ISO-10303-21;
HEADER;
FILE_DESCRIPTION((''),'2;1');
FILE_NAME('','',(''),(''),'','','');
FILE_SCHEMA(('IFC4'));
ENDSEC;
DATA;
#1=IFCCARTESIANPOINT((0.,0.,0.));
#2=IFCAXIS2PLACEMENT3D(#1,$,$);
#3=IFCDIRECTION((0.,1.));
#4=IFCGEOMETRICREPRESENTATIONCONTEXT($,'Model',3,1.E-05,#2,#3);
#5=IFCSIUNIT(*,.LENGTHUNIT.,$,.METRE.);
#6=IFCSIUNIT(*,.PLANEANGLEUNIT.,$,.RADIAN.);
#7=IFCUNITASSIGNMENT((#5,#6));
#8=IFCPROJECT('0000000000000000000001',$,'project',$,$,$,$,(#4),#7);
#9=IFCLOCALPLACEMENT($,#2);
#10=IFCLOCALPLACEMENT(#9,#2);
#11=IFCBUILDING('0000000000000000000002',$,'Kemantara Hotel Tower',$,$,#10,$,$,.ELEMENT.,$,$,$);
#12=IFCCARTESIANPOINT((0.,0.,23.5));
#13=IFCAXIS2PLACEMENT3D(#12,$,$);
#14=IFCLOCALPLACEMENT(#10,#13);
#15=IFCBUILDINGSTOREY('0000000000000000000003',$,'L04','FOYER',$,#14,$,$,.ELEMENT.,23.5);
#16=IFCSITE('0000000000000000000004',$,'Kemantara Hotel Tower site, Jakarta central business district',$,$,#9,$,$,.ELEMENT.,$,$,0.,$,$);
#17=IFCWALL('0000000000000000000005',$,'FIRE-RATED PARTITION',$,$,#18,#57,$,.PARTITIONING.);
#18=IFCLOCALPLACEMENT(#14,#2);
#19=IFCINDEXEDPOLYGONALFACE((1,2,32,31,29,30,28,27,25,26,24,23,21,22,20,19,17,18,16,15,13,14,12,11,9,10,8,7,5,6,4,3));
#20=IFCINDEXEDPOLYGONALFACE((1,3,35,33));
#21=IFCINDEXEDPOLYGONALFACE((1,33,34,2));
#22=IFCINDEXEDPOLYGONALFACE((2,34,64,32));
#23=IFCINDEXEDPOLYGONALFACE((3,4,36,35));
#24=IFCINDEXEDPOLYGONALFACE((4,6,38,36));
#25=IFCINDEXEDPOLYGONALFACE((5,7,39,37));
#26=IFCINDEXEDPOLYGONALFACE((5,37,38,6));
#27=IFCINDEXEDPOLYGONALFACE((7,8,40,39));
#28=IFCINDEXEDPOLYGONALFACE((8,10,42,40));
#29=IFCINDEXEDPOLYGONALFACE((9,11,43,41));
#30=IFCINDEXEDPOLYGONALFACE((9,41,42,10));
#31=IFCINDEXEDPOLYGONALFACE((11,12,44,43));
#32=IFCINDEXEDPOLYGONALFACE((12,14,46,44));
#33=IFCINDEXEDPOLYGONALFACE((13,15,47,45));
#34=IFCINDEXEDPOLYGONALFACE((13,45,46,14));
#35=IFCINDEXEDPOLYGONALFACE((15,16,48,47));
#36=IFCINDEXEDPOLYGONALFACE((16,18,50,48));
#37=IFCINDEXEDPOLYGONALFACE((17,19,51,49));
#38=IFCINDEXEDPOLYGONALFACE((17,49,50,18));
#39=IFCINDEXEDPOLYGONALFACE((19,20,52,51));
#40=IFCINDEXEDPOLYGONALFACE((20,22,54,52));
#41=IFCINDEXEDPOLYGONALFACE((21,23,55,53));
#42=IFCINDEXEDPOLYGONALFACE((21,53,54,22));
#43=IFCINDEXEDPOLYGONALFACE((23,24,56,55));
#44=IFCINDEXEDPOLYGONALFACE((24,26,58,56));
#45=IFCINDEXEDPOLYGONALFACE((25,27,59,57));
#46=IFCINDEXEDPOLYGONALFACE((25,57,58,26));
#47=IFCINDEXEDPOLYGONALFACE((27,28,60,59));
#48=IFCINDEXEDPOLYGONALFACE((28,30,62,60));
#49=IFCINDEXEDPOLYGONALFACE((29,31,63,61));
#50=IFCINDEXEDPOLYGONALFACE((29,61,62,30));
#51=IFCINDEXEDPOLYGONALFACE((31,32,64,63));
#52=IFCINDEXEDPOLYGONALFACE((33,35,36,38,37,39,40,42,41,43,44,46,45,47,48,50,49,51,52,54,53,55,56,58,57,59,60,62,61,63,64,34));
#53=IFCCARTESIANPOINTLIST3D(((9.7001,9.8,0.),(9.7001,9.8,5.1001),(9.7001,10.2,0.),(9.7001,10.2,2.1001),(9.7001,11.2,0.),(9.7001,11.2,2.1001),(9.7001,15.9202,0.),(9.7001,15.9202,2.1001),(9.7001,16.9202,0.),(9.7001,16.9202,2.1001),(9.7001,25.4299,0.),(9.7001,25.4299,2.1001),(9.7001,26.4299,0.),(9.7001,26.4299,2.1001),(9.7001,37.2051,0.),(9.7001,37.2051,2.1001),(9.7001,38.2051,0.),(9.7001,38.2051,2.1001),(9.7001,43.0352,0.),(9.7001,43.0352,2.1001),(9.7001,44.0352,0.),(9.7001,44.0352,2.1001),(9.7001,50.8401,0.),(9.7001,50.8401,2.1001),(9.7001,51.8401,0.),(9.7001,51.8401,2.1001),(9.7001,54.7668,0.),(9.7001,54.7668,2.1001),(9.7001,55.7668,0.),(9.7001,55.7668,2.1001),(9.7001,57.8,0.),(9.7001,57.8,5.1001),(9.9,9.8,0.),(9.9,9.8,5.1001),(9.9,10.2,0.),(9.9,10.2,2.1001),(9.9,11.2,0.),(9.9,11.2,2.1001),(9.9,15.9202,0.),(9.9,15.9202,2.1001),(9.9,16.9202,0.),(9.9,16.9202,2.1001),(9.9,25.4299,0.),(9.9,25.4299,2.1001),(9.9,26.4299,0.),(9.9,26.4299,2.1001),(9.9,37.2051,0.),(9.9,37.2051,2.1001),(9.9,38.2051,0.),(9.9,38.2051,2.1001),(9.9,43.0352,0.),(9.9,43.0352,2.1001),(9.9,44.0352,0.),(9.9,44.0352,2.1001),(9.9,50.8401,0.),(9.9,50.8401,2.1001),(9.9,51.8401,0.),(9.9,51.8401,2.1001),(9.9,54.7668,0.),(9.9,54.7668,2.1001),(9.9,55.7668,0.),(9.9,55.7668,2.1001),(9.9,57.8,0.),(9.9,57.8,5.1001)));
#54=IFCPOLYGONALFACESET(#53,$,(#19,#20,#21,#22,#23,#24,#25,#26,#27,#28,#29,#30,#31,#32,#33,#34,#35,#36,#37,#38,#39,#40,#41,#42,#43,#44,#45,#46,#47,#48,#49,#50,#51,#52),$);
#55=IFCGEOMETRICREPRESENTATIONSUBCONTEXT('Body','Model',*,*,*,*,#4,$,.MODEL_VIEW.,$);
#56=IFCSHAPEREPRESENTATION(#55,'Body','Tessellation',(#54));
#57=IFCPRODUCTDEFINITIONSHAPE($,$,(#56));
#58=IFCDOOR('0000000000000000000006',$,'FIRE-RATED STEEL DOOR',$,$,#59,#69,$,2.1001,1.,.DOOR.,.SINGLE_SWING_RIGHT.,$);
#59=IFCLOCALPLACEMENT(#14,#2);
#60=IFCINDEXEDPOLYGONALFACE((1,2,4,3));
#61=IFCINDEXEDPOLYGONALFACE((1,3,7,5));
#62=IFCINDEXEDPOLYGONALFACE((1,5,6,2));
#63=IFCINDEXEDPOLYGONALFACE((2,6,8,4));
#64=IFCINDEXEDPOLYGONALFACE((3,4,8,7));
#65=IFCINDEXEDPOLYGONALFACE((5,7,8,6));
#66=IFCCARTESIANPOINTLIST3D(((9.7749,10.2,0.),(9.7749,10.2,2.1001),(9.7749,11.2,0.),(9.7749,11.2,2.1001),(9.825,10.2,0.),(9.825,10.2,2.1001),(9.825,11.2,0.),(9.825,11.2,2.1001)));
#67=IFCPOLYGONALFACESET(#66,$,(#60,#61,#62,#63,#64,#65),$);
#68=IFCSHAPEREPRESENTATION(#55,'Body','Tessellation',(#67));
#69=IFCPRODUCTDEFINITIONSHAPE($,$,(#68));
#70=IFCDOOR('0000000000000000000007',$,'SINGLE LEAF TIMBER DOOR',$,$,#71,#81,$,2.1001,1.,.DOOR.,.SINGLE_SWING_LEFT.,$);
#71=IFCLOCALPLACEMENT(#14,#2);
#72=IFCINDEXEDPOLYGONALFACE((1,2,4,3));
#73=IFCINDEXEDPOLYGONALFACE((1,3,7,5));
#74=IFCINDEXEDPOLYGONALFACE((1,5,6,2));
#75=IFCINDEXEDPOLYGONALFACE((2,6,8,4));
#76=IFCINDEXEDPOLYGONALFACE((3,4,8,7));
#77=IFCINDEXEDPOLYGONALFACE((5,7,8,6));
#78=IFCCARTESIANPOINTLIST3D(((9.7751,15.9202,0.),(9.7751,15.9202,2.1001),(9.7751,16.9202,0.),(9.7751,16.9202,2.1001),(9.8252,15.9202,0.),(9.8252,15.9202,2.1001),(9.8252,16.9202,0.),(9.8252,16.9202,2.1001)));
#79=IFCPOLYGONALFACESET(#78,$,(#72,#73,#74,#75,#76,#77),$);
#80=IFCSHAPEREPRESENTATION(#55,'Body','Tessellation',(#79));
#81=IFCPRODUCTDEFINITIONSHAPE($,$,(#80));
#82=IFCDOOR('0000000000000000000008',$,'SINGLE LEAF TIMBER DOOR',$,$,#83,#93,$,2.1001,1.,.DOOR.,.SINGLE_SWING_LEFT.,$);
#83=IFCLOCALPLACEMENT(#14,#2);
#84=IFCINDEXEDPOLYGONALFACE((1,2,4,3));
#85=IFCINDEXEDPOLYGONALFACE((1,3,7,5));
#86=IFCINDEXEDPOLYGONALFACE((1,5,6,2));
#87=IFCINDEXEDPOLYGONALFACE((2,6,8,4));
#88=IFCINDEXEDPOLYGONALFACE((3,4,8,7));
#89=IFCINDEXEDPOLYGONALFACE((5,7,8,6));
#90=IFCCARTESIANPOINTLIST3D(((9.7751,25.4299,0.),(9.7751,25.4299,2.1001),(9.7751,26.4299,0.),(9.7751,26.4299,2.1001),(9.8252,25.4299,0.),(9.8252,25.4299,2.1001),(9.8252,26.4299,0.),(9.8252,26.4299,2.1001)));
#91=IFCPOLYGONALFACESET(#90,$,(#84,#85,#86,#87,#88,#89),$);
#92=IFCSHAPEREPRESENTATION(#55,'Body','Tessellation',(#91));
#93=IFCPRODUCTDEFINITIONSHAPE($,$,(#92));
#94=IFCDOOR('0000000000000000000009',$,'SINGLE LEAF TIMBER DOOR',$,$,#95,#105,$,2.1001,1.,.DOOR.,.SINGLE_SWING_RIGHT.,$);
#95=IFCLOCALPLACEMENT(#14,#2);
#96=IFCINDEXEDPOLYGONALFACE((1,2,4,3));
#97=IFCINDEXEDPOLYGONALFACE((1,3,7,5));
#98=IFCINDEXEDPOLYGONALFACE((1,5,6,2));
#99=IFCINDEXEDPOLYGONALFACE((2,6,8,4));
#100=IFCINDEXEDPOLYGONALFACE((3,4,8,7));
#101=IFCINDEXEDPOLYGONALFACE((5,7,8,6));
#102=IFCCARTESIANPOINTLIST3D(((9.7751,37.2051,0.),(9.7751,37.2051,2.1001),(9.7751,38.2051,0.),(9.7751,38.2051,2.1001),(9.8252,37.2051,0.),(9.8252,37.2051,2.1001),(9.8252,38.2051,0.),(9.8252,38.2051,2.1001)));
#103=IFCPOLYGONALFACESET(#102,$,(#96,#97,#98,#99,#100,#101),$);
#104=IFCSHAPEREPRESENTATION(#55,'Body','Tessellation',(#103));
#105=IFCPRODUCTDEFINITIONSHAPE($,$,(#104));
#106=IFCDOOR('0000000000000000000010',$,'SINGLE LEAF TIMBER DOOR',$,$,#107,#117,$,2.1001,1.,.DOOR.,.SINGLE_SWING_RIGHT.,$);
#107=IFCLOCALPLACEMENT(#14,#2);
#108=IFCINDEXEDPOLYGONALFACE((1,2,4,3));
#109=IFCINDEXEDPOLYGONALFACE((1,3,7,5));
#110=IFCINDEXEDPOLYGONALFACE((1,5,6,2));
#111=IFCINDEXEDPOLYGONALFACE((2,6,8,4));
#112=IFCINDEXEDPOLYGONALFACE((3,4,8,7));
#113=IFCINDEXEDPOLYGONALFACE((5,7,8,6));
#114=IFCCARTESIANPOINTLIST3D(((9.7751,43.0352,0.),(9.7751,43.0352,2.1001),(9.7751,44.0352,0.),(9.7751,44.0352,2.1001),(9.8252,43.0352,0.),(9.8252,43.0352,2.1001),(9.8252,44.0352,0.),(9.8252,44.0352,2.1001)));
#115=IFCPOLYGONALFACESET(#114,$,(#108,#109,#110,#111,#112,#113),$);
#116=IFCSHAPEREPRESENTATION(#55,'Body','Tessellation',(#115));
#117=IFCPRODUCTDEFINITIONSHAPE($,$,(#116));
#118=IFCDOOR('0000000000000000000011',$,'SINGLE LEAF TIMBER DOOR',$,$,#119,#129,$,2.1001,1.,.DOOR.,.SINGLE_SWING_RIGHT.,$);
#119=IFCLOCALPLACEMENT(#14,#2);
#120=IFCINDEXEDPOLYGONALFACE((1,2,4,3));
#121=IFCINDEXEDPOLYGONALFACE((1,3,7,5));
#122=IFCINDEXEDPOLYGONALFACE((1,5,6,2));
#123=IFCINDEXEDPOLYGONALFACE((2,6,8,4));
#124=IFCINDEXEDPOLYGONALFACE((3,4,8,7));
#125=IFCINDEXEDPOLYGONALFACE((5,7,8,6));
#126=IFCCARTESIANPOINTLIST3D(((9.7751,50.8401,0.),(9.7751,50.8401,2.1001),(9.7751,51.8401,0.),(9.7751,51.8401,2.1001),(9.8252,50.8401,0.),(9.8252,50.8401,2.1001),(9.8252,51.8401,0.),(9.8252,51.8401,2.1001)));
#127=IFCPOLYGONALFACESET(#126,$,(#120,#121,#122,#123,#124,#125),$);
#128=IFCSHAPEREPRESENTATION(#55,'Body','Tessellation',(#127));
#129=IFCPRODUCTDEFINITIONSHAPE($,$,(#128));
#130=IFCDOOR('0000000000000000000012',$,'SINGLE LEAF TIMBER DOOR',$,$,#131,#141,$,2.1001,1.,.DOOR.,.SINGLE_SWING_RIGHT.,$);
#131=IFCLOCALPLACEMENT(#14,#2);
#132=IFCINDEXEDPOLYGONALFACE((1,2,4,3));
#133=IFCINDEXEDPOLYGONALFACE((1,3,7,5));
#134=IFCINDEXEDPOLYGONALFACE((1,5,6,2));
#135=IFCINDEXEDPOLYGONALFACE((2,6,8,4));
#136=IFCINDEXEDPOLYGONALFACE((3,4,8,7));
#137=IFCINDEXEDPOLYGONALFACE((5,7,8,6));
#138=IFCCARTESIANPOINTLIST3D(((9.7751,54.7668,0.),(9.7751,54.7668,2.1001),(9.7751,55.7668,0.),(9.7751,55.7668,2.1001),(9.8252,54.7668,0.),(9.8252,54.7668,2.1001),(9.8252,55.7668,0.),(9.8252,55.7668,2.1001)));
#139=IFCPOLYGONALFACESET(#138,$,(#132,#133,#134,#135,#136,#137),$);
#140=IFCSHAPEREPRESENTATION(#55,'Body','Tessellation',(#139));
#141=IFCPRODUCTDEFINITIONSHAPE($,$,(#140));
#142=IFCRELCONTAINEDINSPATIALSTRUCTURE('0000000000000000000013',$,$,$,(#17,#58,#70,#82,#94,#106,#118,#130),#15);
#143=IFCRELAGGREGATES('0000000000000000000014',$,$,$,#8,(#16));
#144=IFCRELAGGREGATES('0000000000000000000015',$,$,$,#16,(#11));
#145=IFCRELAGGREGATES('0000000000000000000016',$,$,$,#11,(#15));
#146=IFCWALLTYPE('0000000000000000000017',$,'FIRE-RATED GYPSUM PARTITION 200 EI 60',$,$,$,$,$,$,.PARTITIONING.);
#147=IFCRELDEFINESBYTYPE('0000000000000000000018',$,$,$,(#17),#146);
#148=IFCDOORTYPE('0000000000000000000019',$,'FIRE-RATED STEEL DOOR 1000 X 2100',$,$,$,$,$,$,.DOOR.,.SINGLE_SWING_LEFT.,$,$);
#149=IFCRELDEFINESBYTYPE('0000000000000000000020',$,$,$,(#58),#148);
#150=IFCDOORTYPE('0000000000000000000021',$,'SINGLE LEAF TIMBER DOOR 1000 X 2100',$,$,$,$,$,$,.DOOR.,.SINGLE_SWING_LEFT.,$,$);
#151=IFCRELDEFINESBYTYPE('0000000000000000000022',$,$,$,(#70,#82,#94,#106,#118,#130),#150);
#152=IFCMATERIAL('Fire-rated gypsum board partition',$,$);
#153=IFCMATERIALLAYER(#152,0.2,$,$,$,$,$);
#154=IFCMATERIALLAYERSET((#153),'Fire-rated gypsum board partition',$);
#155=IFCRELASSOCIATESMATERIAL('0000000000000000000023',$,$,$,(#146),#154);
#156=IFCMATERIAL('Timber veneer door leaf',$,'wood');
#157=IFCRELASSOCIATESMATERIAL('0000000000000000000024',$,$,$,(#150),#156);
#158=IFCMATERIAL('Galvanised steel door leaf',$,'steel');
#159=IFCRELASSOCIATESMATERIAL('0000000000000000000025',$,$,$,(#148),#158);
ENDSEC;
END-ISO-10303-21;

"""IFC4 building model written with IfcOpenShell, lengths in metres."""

from ifc_helpers import new_model, si_unit, direction, frame, frame_2d, origin, place, context, subcontext, project, spatial, rectangle, extrude, material, layer, layer_set, type_object, element, fill, save


model = new_model("IFC4")

# Units and contexts
model_context = context("Model", 3, precision=1e-05, world=origin(), true_north=direction((0.0, 1.0)))
body_context = subcontext(model_context, "Body", "Model", "MODEL_VIEW")
ifc_project = project(units=[si_unit("LENGTHUNIT", "METRE"), si_unit("PLANEANGLEUNIT", "RADIAN")], contexts=[model_context])

# Site, building, storey
site_placement = place(None, origin())
site = spatial("IfcSite", under=ifc_project, at=site_placement, Name="Kemantara Hotel Tower site, Jakarta central business district", CompositionType="ELEMENT", RefElevation=0.0)
building_placement = place(site_placement, origin())
building = spatial("IfcBuilding", under=site, at=building_placement, Name="Kemantara Hotel Tower", CompositionType="ELEMENT")
storey_placement = place(building_placement, frame((0.0, 0.0, 23.5)))
storey = spatial("IfcBuildingStorey", under=building, at=storey_placement, Name="L04", Description="FOYER", CompositionType="ELEMENT", Elevation=23.5)

# Wall, openings, doors
ifc_material_1 = material(Name="Fire-rated gypsum board partition")
ifc_layer_1 = layer(ifc_material_1, 0.2)
ifc_layer_set_1 = layer_set([ifc_layer_1], Name="Fire-rated gypsum board partition")
wall_type_1 = type_object("IfcWallType", Name="FIRE-RATED GYPSUM PARTITION 200 EI 60", PredefinedType="PARTITIONING", material=ifc_layer_set_1)
ifc_material_2 = material(Name="Timber veneer door leaf", Category="wood")
door_type_1 = type_object("IfcDoorType", Name="SINGLE LEAF TIMBER DOOR 1000 X 2100", OperationType="SINGLE_SWING_LEFT", PredefinedType="DOOR", material=ifc_material_2)
wall_1_placement = place(storey_placement, frame((9.8, 9.8, 0.0), z_axis=(0.0, 0.0, 1.0), x_axis=(0.0, 1.0, 0.0)))
wall_1 = element("IfcWall", 1, at=wall_1_placement, inside=storey, type_object=wall_type_1, Name="FIRE-RATED PARTITION", PredefinedType="PARTITIONING", context=body_context, shape_type="SweptSolid", body=[
    extrude(rectangle(XDim=48.0, YDim=0.2, at=frame_2d((24.0, 0.0))), origin(), (0.0, 0.0, 1.0), 5.1001),
])
opening_1_placement = place(wall_1_placement, frame((6.1201, 0.0, 0.0)))
opening_1 = element("IfcOpeningElement", 2, at=opening_1_placement, cuts=wall_1, PredefinedType="OPENING", context=body_context, shape_type="SweptSolid", body=[
    extrude(rectangle(XDim=1.0, YDim=2.1001, at=frame_2d((0.5, 1.05))), frame((0.0, 0.1099, 0.0), z_axis=(0.0, -1.0, 0.0), x_axis=(1.0, 0.0, 0.0)), (0.0, 0.0, 1.0), 0.22),
])
opening_2_placement = place(wall_1_placement, frame((15.6299, 0.0, 0.0)))
opening_2 = element("IfcOpeningElement", 3, at=opening_2_placement, cuts=wall_1, PredefinedType="OPENING", context=body_context, shape_type="SweptSolid", body=[
    extrude(rectangle(XDim=1.0, YDim=2.1001, at=frame_2d((0.5, 1.05))), frame((0.0, 0.1099, 0.0), z_axis=(0.0, -1.0, 0.0), x_axis=(1.0, 0.0, 0.0)), (0.0, 0.0, 1.0), 0.22),
])
opening_3_placement = place(wall_1_placement, frame((27.405, 0.0, 0.0)))
opening_3 = element("IfcOpeningElement", 4, at=opening_3_placement, cuts=wall_1, PredefinedType="OPENING", context=body_context, shape_type="SweptSolid", body=[
    extrude(rectangle(XDim=1.0, YDim=2.1001, at=frame_2d((0.5, 1.05))), frame((0.0, 0.1099, 0.0), z_axis=(0.0, -1.0, 0.0), x_axis=(1.0, 0.0, 0.0)), (0.0, 0.0, 1.0), 0.22),
])
opening_4_placement = place(wall_1_placement, frame((33.2351, 0.0, 0.0)))
opening_4 = element("IfcOpeningElement", 5, at=opening_4_placement, cuts=wall_1, PredefinedType="OPENING", context=body_context, shape_type="SweptSolid", body=[
    extrude(rectangle(XDim=1.0, YDim=2.1001, at=frame_2d((0.5, 1.05))), frame((0.0, 0.1099, 0.0), z_axis=(0.0, -1.0, 0.0), x_axis=(1.0, 0.0, 0.0)), (0.0, 0.0, 1.0), 0.22),
])
opening_5_placement = place(wall_1_placement, frame((41.04, 0.0, 0.0)))
opening_5 = element("IfcOpeningElement", 6, at=opening_5_placement, cuts=wall_1, PredefinedType="OPENING", context=body_context, shape_type="SweptSolid", body=[
    extrude(rectangle(XDim=1.0, YDim=2.1001, at=frame_2d((0.5, 1.05))), frame((0.0, 0.1099, 0.0), z_axis=(0.0, -1.0, 0.0), x_axis=(1.0, 0.0, 0.0)), (0.0, 0.0, 1.0), 0.22),
])
opening_6_placement = place(wall_1_placement, frame((44.9668, 0.0, 0.0)))
opening_6 = element("IfcOpeningElement", 7, at=opening_6_placement, cuts=wall_1, PredefinedType="OPENING", context=body_context, shape_type="SweptSolid", body=[
    extrude(rectangle(XDim=1.0, YDim=2.1001, at=frame_2d((0.5, 1.05))), frame((0.0, 0.1099, 0.0), z_axis=(0.0, -1.0, 0.0), x_axis=(1.0, 0.0, 0.0)), (0.0, 0.0, 1.0), 0.22),
])
opening_7_placement = place(wall_1_placement, frame((0.3999, 0.0, 0.0)))
opening_7 = element("IfcOpeningElement", 8, at=opening_7_placement, cuts=wall_1, PredefinedType="OPENING", context=body_context, shape_type="SweptSolid", body=[
    extrude(rectangle(XDim=1.0, YDim=2.1001, at=frame_2d((0.5, 1.05))), frame((0.0, 0.1099, 0.0), z_axis=(0.0, -1.0, 0.0), x_axis=(1.0, 0.0, 0.0)), (0.0, 0.0, 1.0), 0.22),
])
ifc_material_3 = material(Name="Galvanised steel door leaf", Category="steel")
door_type_2 = type_object("IfcDoorType", Name="FIRE-RATED STEEL DOOR 1000 X 2100", OperationType="SINGLE_SWING_LEFT", PredefinedType="DOOR", material=ifc_material_3)
door_1_placement = place(opening_7_placement, frame((1.0, 0.0, 0.0), z_axis=(0.0, 0.0, 1.0), x_axis=(-1.0, 0.0, 0.0)))
door_1 = element("IfcDoor", 9, at=door_1_placement, inside=storey, type_object=door_type_2, Name="FIRE-RATED STEEL DOOR", OperationType="SINGLE_SWING_RIGHT", OverallHeight=2.1001, OverallWidth=1.0, PredefinedType="DOOR", context=body_context, shape_type="SweptSolid", body=[
    extrude(rectangle(XDim=1.0, YDim=2.1001, at=frame_2d((0.5, 1.05))), frame((0.0, 0.0249, 0.0), z_axis=(0.0, -1.0, 0.0), x_axis=(1.0, 0.0, 0.0)), (0.0, 0.0, 1.0), 0.05),
])
fill(opening_7, door_1)
door_2_placement = place(opening_1_placement, origin())
door_2 = element("IfcDoor", 10, at=door_2_placement, inside=storey, type_object=door_type_1, Name="SINGLE LEAF TIMBER DOOR", OperationType="SINGLE_SWING_LEFT", OverallHeight=2.1001, OverallWidth=1.0, PredefinedType="DOOR", context=body_context, shape_type="SweptSolid", body=[
    extrude(rectangle(XDim=1.0, YDim=2.1001, at=frame_2d((0.5, 1.05))), frame((0.0, 0.0249, 0.0), z_axis=(0.0, -1.0, 0.0), x_axis=(1.0, 0.0, 0.0)), (0.0, 0.0, 1.0), 0.05),
])
fill(opening_1, door_2)
door_3_placement = place(opening_2_placement, origin())
door_3 = element("IfcDoor", 11, at=door_3_placement, inside=storey, type_object=door_type_1, Name="SINGLE LEAF TIMBER DOOR", OperationType="SINGLE_SWING_LEFT", OverallHeight=2.1001, OverallWidth=1.0, PredefinedType="DOOR", context=body_context, shape_type="SweptSolid", body=[
    extrude(rectangle(XDim=1.0, YDim=2.1001, at=frame_2d((0.5, 1.05))), frame((0.0, 0.0249, 0.0), z_axis=(0.0, -1.0, 0.0), x_axis=(1.0, 0.0, 0.0)), (0.0, 0.0, 1.0), 0.05),
])
fill(opening_2, door_3)
door_4_placement = place(opening_3_placement, origin())
door_4 = element("IfcDoor", 12, at=door_4_placement, inside=storey, type_object=door_type_1, Name="SINGLE LEAF TIMBER DOOR", OperationType="SINGLE_SWING_RIGHT", OverallHeight=2.1001, OverallWidth=1.0, PredefinedType="DOOR", context=body_context, shape_type="SweptSolid", body=[
    extrude(rectangle(XDim=1.0, YDim=2.1001, at=frame_2d((0.5, 1.05))), frame((0.0, 0.0249, 0.0), z_axis=(0.0, -1.0, 0.0), x_axis=(1.0, 0.0, 0.0)), (0.0, 0.0, 1.0), 0.05),
])
fill(opening_3, door_4)
door_5_placement = place(opening_4_placement, origin())
door_5 = element("IfcDoor", 13, at=door_5_placement, inside=storey, type_object=door_type_1, Name="SINGLE LEAF TIMBER DOOR", OperationType="SINGLE_SWING_RIGHT", OverallHeight=2.1001, OverallWidth=1.0, PredefinedType="DOOR", context=body_context, shape_type="SweptSolid", body=[
    extrude(rectangle(XDim=1.0, YDim=2.1001, at=frame_2d((0.5, 1.05))), frame((0.0, 0.0249, 0.0), z_axis=(0.0, -1.0, 0.0), x_axis=(1.0, 0.0, 0.0)), (0.0, 0.0, 1.0), 0.05),
])
fill(opening_4, door_5)
door_6_placement = place(opening_5_placement, origin())
door_6 = element("IfcDoor", 14, at=door_6_placement, inside=storey, type_object=door_type_1, Name="SINGLE LEAF TIMBER DOOR", OperationType="SINGLE_SWING_RIGHT", OverallHeight=2.1001, OverallWidth=1.0, PredefinedType="DOOR", context=body_context, shape_type="SweptSolid", body=[
    extrude(rectangle(XDim=1.0, YDim=2.1001, at=frame_2d((0.5, 1.05))), frame((0.0, 0.0249, 0.0), z_axis=(0.0, -1.0, 0.0), x_axis=(1.0, 0.0, 0.0)), (0.0, 0.0, 1.0), 0.05),
])
fill(opening_5, door_6)
door_7_placement = place(opening_6_placement, origin())
door_7 = element("IfcDoor", 15, at=door_7_placement, inside=storey, type_object=door_type_1, Name="SINGLE LEAF TIMBER DOOR", OperationType="SINGLE_SWING_RIGHT", OverallHeight=2.1001, OverallWidth=1.0, PredefinedType="DOOR", context=body_context, shape_type="SweptSolid", body=[
    extrude(rectangle(XDim=1.0, YDim=2.1001, at=frame_2d((0.5, 1.05))), frame((0.0, 0.0249, 0.0), z_axis=(0.0, -1.0, 0.0), x_axis=(1.0, 0.0, 0.0)), (0.0, 0.0, 1.0), 0.05),
])
fill(opening_6, door_7)

save(model, "model.ifc")
